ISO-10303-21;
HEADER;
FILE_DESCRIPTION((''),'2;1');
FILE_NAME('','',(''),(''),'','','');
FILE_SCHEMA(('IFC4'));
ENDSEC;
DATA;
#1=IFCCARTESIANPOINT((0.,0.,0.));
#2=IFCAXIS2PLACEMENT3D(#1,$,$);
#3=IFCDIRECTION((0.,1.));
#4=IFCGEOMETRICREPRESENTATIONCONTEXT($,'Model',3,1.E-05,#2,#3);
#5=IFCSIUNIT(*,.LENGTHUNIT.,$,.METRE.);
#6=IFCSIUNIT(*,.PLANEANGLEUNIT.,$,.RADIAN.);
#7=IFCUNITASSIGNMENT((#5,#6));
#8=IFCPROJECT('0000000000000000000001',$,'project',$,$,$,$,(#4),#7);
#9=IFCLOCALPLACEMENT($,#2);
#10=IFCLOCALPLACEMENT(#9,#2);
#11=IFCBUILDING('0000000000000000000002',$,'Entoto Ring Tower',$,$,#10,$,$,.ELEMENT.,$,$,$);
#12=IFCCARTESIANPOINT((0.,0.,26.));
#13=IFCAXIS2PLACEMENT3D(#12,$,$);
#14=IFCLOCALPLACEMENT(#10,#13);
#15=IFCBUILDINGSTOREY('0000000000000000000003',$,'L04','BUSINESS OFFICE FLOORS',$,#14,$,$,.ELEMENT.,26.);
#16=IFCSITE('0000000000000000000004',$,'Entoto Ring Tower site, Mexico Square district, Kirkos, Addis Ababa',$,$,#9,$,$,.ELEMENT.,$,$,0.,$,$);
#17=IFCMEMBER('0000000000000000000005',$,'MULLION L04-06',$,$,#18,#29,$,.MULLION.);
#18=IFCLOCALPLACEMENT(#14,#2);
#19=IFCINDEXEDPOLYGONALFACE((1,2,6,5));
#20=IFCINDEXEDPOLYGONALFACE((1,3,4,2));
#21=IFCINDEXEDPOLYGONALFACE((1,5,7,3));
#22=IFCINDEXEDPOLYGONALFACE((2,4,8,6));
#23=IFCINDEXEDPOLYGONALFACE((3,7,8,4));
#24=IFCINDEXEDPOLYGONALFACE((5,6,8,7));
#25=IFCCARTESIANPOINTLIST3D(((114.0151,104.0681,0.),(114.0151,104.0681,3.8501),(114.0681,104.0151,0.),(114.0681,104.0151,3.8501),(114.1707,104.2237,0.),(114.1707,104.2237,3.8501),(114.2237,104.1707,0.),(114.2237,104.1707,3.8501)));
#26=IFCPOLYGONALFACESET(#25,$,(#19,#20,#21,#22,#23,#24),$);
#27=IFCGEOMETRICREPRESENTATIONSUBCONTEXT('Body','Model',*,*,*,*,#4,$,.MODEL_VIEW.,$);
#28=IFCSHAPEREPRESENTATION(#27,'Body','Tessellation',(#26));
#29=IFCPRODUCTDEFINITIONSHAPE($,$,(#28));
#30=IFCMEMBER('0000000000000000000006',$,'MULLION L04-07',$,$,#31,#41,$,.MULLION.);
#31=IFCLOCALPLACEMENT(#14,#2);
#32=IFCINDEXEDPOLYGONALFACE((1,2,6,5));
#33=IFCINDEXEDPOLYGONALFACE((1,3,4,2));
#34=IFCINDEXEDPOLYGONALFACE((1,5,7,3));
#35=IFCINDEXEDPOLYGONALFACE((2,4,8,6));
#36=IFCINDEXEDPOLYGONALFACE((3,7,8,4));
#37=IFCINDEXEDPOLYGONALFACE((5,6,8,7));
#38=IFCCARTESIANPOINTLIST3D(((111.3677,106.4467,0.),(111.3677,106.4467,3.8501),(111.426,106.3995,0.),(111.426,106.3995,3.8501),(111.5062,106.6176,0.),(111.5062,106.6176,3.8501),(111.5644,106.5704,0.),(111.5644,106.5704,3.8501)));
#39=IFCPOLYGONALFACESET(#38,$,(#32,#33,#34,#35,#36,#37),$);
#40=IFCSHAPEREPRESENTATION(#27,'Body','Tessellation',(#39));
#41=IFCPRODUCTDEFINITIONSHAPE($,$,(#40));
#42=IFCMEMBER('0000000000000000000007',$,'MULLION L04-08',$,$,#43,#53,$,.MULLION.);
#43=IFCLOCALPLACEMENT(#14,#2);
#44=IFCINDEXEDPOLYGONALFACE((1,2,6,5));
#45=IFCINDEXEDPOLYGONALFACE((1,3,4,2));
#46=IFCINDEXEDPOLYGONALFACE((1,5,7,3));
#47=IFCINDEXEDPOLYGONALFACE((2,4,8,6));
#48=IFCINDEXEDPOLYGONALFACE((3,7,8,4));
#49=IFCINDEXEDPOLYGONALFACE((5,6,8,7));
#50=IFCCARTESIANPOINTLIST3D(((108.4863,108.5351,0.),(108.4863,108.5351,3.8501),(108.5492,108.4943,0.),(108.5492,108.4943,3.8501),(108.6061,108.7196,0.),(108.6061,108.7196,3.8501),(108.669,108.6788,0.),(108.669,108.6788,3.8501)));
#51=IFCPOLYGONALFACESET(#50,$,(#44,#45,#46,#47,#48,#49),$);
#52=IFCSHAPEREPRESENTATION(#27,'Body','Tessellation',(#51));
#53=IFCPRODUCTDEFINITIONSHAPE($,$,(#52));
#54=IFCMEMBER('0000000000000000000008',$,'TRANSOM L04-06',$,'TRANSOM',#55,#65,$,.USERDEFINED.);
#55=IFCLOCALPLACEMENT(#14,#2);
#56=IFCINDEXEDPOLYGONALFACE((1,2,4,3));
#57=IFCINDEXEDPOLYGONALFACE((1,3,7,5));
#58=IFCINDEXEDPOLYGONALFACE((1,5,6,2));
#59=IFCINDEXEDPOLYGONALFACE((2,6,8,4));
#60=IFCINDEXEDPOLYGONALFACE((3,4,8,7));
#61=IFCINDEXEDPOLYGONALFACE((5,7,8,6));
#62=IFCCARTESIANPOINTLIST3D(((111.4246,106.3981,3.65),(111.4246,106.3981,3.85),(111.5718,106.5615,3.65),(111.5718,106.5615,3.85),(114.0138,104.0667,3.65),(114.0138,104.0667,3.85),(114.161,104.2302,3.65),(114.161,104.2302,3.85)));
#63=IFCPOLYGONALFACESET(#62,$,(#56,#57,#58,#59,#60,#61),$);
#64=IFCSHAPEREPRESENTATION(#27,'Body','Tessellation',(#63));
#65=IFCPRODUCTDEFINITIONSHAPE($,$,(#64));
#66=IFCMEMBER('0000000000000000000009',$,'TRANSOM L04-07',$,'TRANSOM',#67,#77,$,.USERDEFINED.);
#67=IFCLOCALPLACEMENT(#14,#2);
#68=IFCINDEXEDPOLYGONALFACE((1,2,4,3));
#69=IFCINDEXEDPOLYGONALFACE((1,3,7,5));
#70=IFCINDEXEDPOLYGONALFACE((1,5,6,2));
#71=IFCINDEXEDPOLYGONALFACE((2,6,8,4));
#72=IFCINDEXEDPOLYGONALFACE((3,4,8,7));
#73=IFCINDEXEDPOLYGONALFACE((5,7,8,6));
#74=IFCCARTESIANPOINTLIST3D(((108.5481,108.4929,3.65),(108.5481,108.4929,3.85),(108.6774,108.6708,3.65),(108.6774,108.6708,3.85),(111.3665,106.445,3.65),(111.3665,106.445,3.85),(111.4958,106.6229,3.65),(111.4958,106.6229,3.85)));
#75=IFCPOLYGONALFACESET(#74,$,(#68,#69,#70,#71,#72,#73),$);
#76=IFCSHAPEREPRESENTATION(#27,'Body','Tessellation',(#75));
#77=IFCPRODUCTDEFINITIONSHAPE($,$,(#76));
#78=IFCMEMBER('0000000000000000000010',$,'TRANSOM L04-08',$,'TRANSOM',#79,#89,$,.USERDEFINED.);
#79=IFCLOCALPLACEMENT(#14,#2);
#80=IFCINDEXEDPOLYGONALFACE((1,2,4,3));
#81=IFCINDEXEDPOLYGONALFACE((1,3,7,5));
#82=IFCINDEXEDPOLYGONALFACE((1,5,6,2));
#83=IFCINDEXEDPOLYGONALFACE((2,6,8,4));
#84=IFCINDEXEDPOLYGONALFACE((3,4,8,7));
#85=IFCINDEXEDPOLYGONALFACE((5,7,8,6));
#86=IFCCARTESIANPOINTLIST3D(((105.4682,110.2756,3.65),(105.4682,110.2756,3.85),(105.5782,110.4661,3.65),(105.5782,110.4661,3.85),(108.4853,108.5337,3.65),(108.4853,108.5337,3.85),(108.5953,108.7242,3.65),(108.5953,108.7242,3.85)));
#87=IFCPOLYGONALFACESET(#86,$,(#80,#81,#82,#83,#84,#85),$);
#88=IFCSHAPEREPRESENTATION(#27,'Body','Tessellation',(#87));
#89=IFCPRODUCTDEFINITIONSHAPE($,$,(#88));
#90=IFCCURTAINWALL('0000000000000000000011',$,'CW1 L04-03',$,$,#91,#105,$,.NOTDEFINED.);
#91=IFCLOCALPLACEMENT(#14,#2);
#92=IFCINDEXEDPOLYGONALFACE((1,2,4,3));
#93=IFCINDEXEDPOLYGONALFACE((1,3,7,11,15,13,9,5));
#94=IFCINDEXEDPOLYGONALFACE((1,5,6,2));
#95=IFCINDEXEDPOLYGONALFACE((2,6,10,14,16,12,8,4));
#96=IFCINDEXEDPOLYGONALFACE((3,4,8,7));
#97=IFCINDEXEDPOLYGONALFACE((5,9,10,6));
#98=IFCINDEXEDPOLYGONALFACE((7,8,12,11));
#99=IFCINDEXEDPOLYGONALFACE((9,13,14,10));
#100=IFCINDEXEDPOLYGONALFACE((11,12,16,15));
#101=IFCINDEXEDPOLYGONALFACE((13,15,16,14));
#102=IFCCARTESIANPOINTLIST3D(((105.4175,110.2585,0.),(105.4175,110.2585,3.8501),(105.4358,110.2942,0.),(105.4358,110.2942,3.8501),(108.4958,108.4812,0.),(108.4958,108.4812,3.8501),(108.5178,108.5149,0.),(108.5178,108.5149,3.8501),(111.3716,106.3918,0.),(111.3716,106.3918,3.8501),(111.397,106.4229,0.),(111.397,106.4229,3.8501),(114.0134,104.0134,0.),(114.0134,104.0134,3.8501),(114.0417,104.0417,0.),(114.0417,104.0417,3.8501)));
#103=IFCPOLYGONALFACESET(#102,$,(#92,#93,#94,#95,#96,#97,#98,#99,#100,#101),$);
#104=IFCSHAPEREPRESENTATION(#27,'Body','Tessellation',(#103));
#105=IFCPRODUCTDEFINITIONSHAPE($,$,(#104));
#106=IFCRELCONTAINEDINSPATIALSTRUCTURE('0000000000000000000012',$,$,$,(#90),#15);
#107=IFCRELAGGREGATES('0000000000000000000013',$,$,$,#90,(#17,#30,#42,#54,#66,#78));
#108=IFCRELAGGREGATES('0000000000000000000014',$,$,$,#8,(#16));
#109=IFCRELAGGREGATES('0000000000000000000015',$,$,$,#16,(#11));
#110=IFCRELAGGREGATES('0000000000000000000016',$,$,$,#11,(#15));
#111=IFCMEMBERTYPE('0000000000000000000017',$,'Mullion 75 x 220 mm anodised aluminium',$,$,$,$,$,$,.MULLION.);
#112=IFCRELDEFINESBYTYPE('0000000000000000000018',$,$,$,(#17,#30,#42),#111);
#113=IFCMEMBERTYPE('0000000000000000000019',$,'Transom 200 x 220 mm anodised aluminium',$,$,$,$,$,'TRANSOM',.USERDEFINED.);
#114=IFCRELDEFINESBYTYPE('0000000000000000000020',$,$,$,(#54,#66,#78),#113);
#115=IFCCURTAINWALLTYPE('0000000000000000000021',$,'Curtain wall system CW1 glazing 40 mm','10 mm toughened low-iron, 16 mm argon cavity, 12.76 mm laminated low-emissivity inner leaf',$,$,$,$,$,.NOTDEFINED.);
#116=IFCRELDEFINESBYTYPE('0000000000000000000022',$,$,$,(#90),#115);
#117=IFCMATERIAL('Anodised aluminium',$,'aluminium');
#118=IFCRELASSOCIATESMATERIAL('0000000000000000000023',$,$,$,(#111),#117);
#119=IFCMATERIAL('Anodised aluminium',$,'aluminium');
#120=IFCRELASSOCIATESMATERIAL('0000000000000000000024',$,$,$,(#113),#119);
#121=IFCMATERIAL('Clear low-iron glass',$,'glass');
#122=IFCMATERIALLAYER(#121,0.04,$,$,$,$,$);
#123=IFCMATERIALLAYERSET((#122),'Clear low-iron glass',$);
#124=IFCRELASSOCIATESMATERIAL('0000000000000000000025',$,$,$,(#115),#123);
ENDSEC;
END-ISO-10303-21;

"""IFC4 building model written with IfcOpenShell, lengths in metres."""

from ifc_helpers import new_model, si_unit, direction, frame, origin, origin_2d, place, context, subcontext, project, spatial, polyline, rectangle, outline, extrude, material, layer, layer_set, material_profile, profile_set, type_object, element, aggregate, save


model = new_model("IFC4")

# Units and contexts
model_context = context("Model", 3, precision=1e-05, world=origin(), true_north=direction((0.0, 1.0)))
body_context = subcontext(model_context, "Body", "Model", "MODEL_VIEW")
ifc_project = project(units=[si_unit("LENGTHUNIT", "METRE"), si_unit("PLANEANGLEUNIT", "RADIAN")], contexts=[model_context])

# Members
ifc_material_1 = material(Name="Anodised aluminium", Category="aluminium")
ifc_material_profile_1 = material_profile(ifc_material_1, rectangle(XDim=0.075, YDim=0.22, at=origin_2d()), Name="Mullion 75 x 220 mm anodised aluminium")
ifc_profile_set_1 = profile_set([ifc_material_profile_1], Name="Anodised aluminium")
member_type_1 = type_object("IfcMemberType", Name="Mullion 75 x 220 mm anodised aluminium", PredefinedType="MULLION", material=ifc_profile_set_1)
site_placement = place(None, origin())
building_placement = place(site_placement, origin())
storey_placement = place(building_placement, frame((0.0, 0.0, 26.0)))
member_1_placement = place(storey_placement, frame((114.1194, 104.1194, 0.0), z_axis=(0.0, 0.0, 1.0), x_axis=(-0.707107, 0.707107, 0.0)))
member_1 = element("IfcMember", 1, at=member_1_placement, type_object=member_type_1, Name="MULLION L04-06", PredefinedType="MULLION", context=body_context, shape_type="SweptSolid", body=[
    extrude(rectangle(XDim=0.075, YDim=0.22, at=origin_2d()), origin(), (0.0, 0.0, 1.0), 3.8501),
])
member_2_placement = place(storey_placement, frame((111.4661, 106.5085, 0.0), z_axis=(0.0, 0.0, 1.0), x_axis=(-0.777146, 0.62932, 0.0)))
member_2 = element("IfcMember", 2, at=member_2_placement, type_object=member_type_1, Name="MULLION L04-07", PredefinedType="MULLION", context=body_context, shape_type="SweptSolid", body=[
    extrude(rectangle(XDim=0.075, YDim=0.22, at=origin_2d()), origin(), (0.0, 0.0, 1.0), 3.8501),
])
member_3_placement = place(storey_placement, frame((108.5776, 108.6069, 0.0), z_axis=(0.0, 0.0, 1.0), x_axis=(-0.838671, 0.544639, 0.0)))
member_3 = element("IfcMember", 3, at=member_3_placement, type_object=member_type_1, Name="MULLION L04-08", PredefinedType="MULLION", context=body_context, shape_type="SweptSolid", body=[
    extrude(rectangle(XDim=0.075, YDim=0.22, at=origin_2d()), origin(), (0.0, 0.0, 1.0), 3.8501),
])
ifc_material_2 = material(Name="Anodised aluminium", Category="aluminium")
ifc_material_profile_2 = material_profile(ifc_material_2, rectangle(XDim=0.22, YDim=0.2, at=origin_2d()), Name="Transom 200 x 220 mm anodised aluminium")
ifc_profile_set_2 = profile_set([ifc_material_profile_2], Name="Anodised aluminium")
member_type_2 = type_object("IfcMemberType", Name="Transom 200 x 220 mm anodised aluminium", ElementType="TRANSOM", PredefinedType="USERDEFINED", material=ifc_profile_set_2)
member_4_placement = place(storey_placement, frame((114.0874, 104.1484, 3.75), z_axis=(-0.743137, 0.669139, 0.0), x_axis=(-0.669139, -0.743137, 0.0)))
member_4 = element("IfcMember", 4, at=member_4_placement, type_object=member_type_2, Name="TRANSOM L04-06", ObjectType="TRANSOM", PredefinedType="USERDEFINED", context=body_context, shape_type="SweptSolid", body=[
    extrude(rectangle(XDim=0.22, YDim=0.2, at=origin_2d()), origin(), (0.0, 0.0, 1.0), 3.4841),
])
member_5_placement = place(storey_placement, frame((111.4312, 106.5339, 3.75), z_axis=(-0.808991, 0.587822, 0.0), x_axis=(-0.587822, -0.808991, 0.0)))
member_5 = element("IfcMember", 5, at=member_5_placement, type_object=member_type_2, Name="TRANSOM L04-07", ObjectType="TRANSOM", PredefinedType="USERDEFINED", context=body_context, shape_type="SweptSolid", body=[
    extrude(rectangle(XDim=0.22, YDim=0.2, at=origin_2d()), origin(), (0.0, 0.0, 1.0), 3.4839),
])
member_6_placement = place(storey_placement, frame((108.5403, 108.6289, 3.75), z_axis=(-0.866022, 0.500006, 0.0), x_axis=(-0.500006, -0.866022, 0.0)))
member_6 = element("IfcMember", 6, at=member_6_placement, type_object=member_type_2, Name="TRANSOM L04-08", ObjectType="TRANSOM", PredefinedType="USERDEFINED", context=body_context, shape_type="SweptSolid", body=[
    extrude(rectangle(XDim=0.22, YDim=0.2, at=origin_2d()), origin(), (0.0, 0.0, 1.0), 3.4839),
])

# Site, building, storey
site = spatial("IfcSite", under=ifc_project, at=site_placement, Name="Entoto Ring Tower site, Mexico Square district, Kirkos, Addis Ababa", CompositionType="ELEMENT", RefElevation=0.0)
building = spatial("IfcBuilding", under=site, at=building_placement, Name="Entoto Ring Tower", CompositionType="ELEMENT")
storey = spatial("IfcBuildingStorey", under=building, at=storey_placement, Name="L04", Description="BUSINESS OFFICE FLOORS", CompositionType="ELEMENT", Elevation=26.0)

# Curtain wall
ifc_material_3 = material(Name="Clear low-iron glass", Category="glass")
ifc_layer_1 = layer(ifc_material_3, 0.04)
ifc_layer_set_1 = layer_set([ifc_layer_1], Name="Clear low-iron glass")
curtain_wall_type = type_object("IfcCurtainWallType", Name="Curtain wall system CW1 glazing 40 mm", Description="10 mm toughened low-iron, 16 mm argon cavity, 12.76 mm laminated low-emissivity inner leaf", PredefinedType="NOTDEFINED", material=ifc_layer_set_1)
curtain_wall_1_placement = place(storey_placement, origin())
curtain_wall_1 = element("IfcCurtainWall", 7, at=curtain_wall_1_placement, inside=storey, type_object=curtain_wall_type, Name="CW1 L04-03", PredefinedType="NOTDEFINED", context=body_context, shape_type="SweptSolid", body=[
    extrude(outline(polyline([(114.0417, 104.0417), (111.397, 106.4229), (108.5178, 108.5149), (105.4358, 110.2942), (105.4175, 110.2585), (108.4958, 108.4812), (111.3716, 106.3918), (114.0134, 104.0134), (114.0417, 104.0417)])), origin(), (0.0, 0.0, 1.0), 3.8501),
])
aggregate(curtain_wall_1, [member_1, member_2, member_3, member_4, member_5, member_6])

save(model, "model.ifc")
